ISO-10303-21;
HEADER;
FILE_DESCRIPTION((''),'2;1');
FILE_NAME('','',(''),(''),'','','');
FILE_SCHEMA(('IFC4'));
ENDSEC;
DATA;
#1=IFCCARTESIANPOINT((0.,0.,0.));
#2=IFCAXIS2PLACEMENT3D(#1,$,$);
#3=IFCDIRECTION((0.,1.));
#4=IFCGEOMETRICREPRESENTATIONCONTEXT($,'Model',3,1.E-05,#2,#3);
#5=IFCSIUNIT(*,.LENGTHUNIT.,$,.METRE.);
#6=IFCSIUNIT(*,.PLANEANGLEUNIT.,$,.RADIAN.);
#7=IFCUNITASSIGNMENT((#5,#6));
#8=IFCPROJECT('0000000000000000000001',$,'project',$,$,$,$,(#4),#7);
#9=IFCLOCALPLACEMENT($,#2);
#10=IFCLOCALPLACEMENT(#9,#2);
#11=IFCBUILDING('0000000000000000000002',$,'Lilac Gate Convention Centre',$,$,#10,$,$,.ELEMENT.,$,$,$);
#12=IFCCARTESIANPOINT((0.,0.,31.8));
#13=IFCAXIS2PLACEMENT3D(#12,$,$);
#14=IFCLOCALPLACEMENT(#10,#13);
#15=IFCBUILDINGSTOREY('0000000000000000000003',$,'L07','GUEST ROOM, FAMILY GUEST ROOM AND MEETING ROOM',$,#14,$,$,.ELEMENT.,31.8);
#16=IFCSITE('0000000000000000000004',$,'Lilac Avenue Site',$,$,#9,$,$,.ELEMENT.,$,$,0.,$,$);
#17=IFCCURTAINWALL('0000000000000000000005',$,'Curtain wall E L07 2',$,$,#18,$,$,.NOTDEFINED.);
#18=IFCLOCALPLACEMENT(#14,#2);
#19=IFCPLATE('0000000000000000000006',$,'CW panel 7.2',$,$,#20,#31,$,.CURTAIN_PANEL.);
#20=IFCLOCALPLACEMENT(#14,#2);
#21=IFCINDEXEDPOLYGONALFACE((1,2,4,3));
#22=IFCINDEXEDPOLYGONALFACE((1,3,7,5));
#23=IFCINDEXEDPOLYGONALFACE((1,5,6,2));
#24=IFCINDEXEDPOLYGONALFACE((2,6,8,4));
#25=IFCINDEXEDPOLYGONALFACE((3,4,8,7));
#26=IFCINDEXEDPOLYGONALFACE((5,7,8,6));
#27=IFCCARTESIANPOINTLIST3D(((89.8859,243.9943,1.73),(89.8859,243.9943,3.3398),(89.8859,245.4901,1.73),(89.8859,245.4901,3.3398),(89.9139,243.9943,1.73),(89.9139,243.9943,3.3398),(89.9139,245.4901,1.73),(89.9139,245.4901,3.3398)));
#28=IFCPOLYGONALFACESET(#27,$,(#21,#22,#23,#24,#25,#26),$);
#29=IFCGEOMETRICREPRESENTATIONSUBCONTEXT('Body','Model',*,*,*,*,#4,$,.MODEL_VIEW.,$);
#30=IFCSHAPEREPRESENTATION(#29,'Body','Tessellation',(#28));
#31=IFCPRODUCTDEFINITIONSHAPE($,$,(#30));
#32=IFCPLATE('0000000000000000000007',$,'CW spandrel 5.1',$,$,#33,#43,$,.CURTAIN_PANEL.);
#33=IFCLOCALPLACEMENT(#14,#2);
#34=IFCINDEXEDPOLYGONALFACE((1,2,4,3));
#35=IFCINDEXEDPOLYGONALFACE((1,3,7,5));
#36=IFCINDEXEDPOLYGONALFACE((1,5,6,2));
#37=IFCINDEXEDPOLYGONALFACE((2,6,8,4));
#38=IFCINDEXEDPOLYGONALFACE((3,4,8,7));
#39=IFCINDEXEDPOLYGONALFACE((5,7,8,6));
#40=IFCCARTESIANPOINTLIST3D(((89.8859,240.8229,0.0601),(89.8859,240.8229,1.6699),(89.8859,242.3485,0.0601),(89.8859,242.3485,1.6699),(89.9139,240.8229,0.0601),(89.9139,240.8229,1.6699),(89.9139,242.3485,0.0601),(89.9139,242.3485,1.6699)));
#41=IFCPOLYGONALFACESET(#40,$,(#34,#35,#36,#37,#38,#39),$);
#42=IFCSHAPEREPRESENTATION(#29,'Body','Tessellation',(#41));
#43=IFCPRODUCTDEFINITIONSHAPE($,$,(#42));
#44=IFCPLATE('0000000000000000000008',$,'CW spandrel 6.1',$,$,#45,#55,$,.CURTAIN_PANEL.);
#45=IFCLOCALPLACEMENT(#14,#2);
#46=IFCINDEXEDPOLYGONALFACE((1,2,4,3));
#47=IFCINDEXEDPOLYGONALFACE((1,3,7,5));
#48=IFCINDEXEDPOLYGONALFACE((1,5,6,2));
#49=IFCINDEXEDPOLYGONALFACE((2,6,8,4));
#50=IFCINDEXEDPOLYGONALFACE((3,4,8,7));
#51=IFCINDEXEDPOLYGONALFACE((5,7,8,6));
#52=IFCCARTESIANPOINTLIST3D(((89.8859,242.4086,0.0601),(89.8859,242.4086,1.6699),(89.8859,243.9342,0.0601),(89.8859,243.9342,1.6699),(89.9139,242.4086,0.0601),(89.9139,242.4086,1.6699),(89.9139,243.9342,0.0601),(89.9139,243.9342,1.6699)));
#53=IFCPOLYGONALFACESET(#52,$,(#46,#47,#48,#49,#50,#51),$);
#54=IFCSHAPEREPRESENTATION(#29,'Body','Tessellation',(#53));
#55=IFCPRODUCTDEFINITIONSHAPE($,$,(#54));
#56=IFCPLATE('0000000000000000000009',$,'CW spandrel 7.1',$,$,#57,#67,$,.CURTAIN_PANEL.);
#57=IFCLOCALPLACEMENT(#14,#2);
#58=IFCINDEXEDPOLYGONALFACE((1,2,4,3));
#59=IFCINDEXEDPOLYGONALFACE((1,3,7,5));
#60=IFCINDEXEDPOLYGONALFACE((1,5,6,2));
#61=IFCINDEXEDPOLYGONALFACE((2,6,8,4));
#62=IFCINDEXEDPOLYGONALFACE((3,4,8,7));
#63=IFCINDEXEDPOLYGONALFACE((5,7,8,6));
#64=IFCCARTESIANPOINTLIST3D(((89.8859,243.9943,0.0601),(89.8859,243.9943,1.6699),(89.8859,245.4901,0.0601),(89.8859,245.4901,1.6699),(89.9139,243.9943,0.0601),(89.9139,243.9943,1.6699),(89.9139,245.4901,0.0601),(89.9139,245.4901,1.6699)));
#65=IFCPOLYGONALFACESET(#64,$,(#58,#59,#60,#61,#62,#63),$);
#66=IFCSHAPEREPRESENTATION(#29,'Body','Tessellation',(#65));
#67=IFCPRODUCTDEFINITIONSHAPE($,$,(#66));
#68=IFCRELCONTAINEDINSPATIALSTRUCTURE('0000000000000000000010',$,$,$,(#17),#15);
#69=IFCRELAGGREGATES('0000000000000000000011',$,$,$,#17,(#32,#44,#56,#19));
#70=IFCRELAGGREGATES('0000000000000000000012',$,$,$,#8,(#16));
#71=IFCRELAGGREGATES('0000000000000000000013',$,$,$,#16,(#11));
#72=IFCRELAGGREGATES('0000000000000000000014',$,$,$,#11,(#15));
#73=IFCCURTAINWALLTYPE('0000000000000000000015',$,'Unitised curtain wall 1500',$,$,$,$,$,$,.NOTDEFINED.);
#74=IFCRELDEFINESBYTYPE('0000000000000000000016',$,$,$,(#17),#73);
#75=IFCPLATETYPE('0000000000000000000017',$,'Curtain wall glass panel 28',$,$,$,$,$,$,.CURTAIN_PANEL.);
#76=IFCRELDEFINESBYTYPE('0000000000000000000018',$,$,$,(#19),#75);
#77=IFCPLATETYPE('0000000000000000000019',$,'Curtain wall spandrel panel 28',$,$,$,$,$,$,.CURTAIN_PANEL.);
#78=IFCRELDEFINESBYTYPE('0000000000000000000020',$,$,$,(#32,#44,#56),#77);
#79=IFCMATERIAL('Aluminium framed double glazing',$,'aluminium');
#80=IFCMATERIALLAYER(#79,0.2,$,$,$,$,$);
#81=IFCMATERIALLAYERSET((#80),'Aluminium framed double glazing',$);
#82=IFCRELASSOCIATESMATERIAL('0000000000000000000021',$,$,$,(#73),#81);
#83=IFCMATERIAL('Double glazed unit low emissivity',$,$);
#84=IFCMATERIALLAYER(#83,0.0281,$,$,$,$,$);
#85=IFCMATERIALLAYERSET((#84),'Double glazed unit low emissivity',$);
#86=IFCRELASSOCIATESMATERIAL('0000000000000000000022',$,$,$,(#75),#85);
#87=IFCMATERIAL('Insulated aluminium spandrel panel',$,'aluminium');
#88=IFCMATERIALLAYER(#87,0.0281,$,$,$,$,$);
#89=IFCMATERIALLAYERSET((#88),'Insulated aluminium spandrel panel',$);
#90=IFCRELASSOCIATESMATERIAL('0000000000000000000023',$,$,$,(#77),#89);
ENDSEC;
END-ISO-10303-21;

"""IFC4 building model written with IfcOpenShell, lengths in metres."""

from ifc_helpers import new_model, si_unit, direction, frame, origin, origin_2d, place, context, subcontext, project, spatial, rectangle, extrude, material, layer, layer_set, type_object, element, aggregate, save


model = new_model("IFC4")

# Units and contexts
model_context = context("Model", 3, precision=1e-05, world=origin(), true_north=direction((0.0, 1.0)))
body_context = subcontext(model_context, "Body", "Model", "MODEL_VIEW")
ifc_project = project(units=[si_unit("LENGTHUNIT", "METRE"), si_unit("PLANEANGLEUNIT", "RADIAN")], contexts=[model_context])

# Site, building, storey
site_placement = place(None, origin())
site = spatial("IfcSite", under=ifc_project, at=site_placement, Name="Lilac Avenue Site", CompositionType="ELEMENT", RefElevation=0.0)
building_placement = place(site_placement, origin())
building = spatial("IfcBuilding", under=site, at=building_placement, Name="Lilac Gate Convention Centre", CompositionType="ELEMENT")
storey_placement = place(building_placement, frame((0.0, 0.0, 31.8)))
storey = spatial("IfcBuildingStorey", under=building, at=storey_placement, Name="L07", Description="GUEST ROOM, FAMILY GUEST ROOM AND MEETING ROOM", CompositionType="ELEMENT", Elevation=31.8)

# Curtain wall, plates
ifc_material_1 = material(Name="Aluminium framed double glazing", Category="aluminium")
ifc_layer_1 = layer(ifc_material_1, 0.2)
ifc_layer_set_1 = layer_set([ifc_layer_1], Name="Aluminium framed double glazing")
curtain_wall_type = type_object("IfcCurtainWallType", Name="Unitised curtain wall 1500", PredefinedType="NOTDEFINED", material=ifc_layer_set_1)
curtain_wall_placement = place(storey_placement, origin())
curtain_wall = element("IfcCurtainWall", 1, at=curtain_wall_placement, inside=storey, type_object=curtain_wall_type, Name="Curtain wall E L07 2", PredefinedType="NOTDEFINED")
ifc_material_2 = material(Name="Double glazed unit low emissivity")
ifc_layer_2 = layer(ifc_material_2, 0.0281)
ifc_layer_set_2 = layer_set([ifc_layer_2], Name="Double glazed unit low emissivity")
plate_type_1 = type_object("IfcPlateType", Name="Curtain wall glass panel 28", PredefinedType="CURTAIN_PANEL", material=ifc_layer_set_2)
plate_1_placement = place(storey_placement, frame((89.8999, 244.7422, 1.73), z_axis=(0.0, 0.0, 1.0), x_axis=(0.0, 1.0, 0.0)))
plate_1 = element("IfcPlate", 2, at=plate_1_placement, type_object=plate_type_1, Name="CW panel 7.2", PredefinedType="CURTAIN_PANEL", context=body_context, shape_type="SweptSolid", body=[
    extrude(rectangle(XDim=1.4958, YDim=0.0281, at=origin_2d()), origin(), (0.0, 0.0, 1.0), 1.6099),
])
ifc_material_3 = material(Name="Insulated aluminium spandrel panel", Category="aluminium")
ifc_layer_3 = layer(ifc_material_3, 0.0281)
ifc_layer_set_3 = layer_set([ifc_layer_3], Name="Insulated aluminium spandrel panel")
plate_type_2 = type_object("IfcPlateType", Name="Curtain wall spandrel panel 28", PredefinedType="CURTAIN_PANEL", material=ifc_layer_set_3)
plate_2_placement = place(storey_placement, frame((89.8999, 241.5857, 0.0601), z_axis=(0.0, 0.0, 1.0), x_axis=(0.0, 1.0, 0.0)))
plate_2 = element("IfcPlate", 3, at=plate_2_placement, type_object=plate_type_2, Name="CW spandrel 5.1", PredefinedType="CURTAIN_PANEL", context=body_context, shape_type="SweptSolid", body=[
    extrude(rectangle(XDim=1.5256, YDim=0.0281, at=origin_2d()), origin(), (0.0, 0.0, 1.0), 1.6099),
])
plate_3_placement = place(storey_placement, frame((89.8999, 243.1714, 0.0601), z_axis=(0.0, 0.0, 1.0), x_axis=(0.0, 1.0, 0.0)))
plate_3 = element("IfcPlate", 4, at=plate_3_placement, type_object=plate_type_2, Name="CW spandrel 6.1", PredefinedType="CURTAIN_PANEL", context=body_context, shape_type="SweptSolid", body=[
    extrude(rectangle(XDim=1.5256, YDim=0.0281, at=origin_2d()), origin(), (0.0, 0.0, 1.0), 1.6099),
])
plate_4_placement = place(storey_placement, frame((89.8999, 244.7422, 0.0601), z_axis=(0.0, 0.0, 1.0), x_axis=(0.0, 1.0, 0.0)))
plate_4 = element("IfcPlate", 5, at=plate_4_placement, type_object=plate_type_2, Name="CW spandrel 7.1", PredefinedType="CURTAIN_PANEL", context=body_context, shape_type="SweptSolid", body=[
    extrude(rectangle(XDim=1.4958, YDim=0.0281, at=origin_2d()), origin(), (0.0, 0.0, 1.0), 1.6099),
])
aggregate(curtain_wall, [plate_2, plate_3, plate_4, plate_1])

save(model, "model.ifc")
